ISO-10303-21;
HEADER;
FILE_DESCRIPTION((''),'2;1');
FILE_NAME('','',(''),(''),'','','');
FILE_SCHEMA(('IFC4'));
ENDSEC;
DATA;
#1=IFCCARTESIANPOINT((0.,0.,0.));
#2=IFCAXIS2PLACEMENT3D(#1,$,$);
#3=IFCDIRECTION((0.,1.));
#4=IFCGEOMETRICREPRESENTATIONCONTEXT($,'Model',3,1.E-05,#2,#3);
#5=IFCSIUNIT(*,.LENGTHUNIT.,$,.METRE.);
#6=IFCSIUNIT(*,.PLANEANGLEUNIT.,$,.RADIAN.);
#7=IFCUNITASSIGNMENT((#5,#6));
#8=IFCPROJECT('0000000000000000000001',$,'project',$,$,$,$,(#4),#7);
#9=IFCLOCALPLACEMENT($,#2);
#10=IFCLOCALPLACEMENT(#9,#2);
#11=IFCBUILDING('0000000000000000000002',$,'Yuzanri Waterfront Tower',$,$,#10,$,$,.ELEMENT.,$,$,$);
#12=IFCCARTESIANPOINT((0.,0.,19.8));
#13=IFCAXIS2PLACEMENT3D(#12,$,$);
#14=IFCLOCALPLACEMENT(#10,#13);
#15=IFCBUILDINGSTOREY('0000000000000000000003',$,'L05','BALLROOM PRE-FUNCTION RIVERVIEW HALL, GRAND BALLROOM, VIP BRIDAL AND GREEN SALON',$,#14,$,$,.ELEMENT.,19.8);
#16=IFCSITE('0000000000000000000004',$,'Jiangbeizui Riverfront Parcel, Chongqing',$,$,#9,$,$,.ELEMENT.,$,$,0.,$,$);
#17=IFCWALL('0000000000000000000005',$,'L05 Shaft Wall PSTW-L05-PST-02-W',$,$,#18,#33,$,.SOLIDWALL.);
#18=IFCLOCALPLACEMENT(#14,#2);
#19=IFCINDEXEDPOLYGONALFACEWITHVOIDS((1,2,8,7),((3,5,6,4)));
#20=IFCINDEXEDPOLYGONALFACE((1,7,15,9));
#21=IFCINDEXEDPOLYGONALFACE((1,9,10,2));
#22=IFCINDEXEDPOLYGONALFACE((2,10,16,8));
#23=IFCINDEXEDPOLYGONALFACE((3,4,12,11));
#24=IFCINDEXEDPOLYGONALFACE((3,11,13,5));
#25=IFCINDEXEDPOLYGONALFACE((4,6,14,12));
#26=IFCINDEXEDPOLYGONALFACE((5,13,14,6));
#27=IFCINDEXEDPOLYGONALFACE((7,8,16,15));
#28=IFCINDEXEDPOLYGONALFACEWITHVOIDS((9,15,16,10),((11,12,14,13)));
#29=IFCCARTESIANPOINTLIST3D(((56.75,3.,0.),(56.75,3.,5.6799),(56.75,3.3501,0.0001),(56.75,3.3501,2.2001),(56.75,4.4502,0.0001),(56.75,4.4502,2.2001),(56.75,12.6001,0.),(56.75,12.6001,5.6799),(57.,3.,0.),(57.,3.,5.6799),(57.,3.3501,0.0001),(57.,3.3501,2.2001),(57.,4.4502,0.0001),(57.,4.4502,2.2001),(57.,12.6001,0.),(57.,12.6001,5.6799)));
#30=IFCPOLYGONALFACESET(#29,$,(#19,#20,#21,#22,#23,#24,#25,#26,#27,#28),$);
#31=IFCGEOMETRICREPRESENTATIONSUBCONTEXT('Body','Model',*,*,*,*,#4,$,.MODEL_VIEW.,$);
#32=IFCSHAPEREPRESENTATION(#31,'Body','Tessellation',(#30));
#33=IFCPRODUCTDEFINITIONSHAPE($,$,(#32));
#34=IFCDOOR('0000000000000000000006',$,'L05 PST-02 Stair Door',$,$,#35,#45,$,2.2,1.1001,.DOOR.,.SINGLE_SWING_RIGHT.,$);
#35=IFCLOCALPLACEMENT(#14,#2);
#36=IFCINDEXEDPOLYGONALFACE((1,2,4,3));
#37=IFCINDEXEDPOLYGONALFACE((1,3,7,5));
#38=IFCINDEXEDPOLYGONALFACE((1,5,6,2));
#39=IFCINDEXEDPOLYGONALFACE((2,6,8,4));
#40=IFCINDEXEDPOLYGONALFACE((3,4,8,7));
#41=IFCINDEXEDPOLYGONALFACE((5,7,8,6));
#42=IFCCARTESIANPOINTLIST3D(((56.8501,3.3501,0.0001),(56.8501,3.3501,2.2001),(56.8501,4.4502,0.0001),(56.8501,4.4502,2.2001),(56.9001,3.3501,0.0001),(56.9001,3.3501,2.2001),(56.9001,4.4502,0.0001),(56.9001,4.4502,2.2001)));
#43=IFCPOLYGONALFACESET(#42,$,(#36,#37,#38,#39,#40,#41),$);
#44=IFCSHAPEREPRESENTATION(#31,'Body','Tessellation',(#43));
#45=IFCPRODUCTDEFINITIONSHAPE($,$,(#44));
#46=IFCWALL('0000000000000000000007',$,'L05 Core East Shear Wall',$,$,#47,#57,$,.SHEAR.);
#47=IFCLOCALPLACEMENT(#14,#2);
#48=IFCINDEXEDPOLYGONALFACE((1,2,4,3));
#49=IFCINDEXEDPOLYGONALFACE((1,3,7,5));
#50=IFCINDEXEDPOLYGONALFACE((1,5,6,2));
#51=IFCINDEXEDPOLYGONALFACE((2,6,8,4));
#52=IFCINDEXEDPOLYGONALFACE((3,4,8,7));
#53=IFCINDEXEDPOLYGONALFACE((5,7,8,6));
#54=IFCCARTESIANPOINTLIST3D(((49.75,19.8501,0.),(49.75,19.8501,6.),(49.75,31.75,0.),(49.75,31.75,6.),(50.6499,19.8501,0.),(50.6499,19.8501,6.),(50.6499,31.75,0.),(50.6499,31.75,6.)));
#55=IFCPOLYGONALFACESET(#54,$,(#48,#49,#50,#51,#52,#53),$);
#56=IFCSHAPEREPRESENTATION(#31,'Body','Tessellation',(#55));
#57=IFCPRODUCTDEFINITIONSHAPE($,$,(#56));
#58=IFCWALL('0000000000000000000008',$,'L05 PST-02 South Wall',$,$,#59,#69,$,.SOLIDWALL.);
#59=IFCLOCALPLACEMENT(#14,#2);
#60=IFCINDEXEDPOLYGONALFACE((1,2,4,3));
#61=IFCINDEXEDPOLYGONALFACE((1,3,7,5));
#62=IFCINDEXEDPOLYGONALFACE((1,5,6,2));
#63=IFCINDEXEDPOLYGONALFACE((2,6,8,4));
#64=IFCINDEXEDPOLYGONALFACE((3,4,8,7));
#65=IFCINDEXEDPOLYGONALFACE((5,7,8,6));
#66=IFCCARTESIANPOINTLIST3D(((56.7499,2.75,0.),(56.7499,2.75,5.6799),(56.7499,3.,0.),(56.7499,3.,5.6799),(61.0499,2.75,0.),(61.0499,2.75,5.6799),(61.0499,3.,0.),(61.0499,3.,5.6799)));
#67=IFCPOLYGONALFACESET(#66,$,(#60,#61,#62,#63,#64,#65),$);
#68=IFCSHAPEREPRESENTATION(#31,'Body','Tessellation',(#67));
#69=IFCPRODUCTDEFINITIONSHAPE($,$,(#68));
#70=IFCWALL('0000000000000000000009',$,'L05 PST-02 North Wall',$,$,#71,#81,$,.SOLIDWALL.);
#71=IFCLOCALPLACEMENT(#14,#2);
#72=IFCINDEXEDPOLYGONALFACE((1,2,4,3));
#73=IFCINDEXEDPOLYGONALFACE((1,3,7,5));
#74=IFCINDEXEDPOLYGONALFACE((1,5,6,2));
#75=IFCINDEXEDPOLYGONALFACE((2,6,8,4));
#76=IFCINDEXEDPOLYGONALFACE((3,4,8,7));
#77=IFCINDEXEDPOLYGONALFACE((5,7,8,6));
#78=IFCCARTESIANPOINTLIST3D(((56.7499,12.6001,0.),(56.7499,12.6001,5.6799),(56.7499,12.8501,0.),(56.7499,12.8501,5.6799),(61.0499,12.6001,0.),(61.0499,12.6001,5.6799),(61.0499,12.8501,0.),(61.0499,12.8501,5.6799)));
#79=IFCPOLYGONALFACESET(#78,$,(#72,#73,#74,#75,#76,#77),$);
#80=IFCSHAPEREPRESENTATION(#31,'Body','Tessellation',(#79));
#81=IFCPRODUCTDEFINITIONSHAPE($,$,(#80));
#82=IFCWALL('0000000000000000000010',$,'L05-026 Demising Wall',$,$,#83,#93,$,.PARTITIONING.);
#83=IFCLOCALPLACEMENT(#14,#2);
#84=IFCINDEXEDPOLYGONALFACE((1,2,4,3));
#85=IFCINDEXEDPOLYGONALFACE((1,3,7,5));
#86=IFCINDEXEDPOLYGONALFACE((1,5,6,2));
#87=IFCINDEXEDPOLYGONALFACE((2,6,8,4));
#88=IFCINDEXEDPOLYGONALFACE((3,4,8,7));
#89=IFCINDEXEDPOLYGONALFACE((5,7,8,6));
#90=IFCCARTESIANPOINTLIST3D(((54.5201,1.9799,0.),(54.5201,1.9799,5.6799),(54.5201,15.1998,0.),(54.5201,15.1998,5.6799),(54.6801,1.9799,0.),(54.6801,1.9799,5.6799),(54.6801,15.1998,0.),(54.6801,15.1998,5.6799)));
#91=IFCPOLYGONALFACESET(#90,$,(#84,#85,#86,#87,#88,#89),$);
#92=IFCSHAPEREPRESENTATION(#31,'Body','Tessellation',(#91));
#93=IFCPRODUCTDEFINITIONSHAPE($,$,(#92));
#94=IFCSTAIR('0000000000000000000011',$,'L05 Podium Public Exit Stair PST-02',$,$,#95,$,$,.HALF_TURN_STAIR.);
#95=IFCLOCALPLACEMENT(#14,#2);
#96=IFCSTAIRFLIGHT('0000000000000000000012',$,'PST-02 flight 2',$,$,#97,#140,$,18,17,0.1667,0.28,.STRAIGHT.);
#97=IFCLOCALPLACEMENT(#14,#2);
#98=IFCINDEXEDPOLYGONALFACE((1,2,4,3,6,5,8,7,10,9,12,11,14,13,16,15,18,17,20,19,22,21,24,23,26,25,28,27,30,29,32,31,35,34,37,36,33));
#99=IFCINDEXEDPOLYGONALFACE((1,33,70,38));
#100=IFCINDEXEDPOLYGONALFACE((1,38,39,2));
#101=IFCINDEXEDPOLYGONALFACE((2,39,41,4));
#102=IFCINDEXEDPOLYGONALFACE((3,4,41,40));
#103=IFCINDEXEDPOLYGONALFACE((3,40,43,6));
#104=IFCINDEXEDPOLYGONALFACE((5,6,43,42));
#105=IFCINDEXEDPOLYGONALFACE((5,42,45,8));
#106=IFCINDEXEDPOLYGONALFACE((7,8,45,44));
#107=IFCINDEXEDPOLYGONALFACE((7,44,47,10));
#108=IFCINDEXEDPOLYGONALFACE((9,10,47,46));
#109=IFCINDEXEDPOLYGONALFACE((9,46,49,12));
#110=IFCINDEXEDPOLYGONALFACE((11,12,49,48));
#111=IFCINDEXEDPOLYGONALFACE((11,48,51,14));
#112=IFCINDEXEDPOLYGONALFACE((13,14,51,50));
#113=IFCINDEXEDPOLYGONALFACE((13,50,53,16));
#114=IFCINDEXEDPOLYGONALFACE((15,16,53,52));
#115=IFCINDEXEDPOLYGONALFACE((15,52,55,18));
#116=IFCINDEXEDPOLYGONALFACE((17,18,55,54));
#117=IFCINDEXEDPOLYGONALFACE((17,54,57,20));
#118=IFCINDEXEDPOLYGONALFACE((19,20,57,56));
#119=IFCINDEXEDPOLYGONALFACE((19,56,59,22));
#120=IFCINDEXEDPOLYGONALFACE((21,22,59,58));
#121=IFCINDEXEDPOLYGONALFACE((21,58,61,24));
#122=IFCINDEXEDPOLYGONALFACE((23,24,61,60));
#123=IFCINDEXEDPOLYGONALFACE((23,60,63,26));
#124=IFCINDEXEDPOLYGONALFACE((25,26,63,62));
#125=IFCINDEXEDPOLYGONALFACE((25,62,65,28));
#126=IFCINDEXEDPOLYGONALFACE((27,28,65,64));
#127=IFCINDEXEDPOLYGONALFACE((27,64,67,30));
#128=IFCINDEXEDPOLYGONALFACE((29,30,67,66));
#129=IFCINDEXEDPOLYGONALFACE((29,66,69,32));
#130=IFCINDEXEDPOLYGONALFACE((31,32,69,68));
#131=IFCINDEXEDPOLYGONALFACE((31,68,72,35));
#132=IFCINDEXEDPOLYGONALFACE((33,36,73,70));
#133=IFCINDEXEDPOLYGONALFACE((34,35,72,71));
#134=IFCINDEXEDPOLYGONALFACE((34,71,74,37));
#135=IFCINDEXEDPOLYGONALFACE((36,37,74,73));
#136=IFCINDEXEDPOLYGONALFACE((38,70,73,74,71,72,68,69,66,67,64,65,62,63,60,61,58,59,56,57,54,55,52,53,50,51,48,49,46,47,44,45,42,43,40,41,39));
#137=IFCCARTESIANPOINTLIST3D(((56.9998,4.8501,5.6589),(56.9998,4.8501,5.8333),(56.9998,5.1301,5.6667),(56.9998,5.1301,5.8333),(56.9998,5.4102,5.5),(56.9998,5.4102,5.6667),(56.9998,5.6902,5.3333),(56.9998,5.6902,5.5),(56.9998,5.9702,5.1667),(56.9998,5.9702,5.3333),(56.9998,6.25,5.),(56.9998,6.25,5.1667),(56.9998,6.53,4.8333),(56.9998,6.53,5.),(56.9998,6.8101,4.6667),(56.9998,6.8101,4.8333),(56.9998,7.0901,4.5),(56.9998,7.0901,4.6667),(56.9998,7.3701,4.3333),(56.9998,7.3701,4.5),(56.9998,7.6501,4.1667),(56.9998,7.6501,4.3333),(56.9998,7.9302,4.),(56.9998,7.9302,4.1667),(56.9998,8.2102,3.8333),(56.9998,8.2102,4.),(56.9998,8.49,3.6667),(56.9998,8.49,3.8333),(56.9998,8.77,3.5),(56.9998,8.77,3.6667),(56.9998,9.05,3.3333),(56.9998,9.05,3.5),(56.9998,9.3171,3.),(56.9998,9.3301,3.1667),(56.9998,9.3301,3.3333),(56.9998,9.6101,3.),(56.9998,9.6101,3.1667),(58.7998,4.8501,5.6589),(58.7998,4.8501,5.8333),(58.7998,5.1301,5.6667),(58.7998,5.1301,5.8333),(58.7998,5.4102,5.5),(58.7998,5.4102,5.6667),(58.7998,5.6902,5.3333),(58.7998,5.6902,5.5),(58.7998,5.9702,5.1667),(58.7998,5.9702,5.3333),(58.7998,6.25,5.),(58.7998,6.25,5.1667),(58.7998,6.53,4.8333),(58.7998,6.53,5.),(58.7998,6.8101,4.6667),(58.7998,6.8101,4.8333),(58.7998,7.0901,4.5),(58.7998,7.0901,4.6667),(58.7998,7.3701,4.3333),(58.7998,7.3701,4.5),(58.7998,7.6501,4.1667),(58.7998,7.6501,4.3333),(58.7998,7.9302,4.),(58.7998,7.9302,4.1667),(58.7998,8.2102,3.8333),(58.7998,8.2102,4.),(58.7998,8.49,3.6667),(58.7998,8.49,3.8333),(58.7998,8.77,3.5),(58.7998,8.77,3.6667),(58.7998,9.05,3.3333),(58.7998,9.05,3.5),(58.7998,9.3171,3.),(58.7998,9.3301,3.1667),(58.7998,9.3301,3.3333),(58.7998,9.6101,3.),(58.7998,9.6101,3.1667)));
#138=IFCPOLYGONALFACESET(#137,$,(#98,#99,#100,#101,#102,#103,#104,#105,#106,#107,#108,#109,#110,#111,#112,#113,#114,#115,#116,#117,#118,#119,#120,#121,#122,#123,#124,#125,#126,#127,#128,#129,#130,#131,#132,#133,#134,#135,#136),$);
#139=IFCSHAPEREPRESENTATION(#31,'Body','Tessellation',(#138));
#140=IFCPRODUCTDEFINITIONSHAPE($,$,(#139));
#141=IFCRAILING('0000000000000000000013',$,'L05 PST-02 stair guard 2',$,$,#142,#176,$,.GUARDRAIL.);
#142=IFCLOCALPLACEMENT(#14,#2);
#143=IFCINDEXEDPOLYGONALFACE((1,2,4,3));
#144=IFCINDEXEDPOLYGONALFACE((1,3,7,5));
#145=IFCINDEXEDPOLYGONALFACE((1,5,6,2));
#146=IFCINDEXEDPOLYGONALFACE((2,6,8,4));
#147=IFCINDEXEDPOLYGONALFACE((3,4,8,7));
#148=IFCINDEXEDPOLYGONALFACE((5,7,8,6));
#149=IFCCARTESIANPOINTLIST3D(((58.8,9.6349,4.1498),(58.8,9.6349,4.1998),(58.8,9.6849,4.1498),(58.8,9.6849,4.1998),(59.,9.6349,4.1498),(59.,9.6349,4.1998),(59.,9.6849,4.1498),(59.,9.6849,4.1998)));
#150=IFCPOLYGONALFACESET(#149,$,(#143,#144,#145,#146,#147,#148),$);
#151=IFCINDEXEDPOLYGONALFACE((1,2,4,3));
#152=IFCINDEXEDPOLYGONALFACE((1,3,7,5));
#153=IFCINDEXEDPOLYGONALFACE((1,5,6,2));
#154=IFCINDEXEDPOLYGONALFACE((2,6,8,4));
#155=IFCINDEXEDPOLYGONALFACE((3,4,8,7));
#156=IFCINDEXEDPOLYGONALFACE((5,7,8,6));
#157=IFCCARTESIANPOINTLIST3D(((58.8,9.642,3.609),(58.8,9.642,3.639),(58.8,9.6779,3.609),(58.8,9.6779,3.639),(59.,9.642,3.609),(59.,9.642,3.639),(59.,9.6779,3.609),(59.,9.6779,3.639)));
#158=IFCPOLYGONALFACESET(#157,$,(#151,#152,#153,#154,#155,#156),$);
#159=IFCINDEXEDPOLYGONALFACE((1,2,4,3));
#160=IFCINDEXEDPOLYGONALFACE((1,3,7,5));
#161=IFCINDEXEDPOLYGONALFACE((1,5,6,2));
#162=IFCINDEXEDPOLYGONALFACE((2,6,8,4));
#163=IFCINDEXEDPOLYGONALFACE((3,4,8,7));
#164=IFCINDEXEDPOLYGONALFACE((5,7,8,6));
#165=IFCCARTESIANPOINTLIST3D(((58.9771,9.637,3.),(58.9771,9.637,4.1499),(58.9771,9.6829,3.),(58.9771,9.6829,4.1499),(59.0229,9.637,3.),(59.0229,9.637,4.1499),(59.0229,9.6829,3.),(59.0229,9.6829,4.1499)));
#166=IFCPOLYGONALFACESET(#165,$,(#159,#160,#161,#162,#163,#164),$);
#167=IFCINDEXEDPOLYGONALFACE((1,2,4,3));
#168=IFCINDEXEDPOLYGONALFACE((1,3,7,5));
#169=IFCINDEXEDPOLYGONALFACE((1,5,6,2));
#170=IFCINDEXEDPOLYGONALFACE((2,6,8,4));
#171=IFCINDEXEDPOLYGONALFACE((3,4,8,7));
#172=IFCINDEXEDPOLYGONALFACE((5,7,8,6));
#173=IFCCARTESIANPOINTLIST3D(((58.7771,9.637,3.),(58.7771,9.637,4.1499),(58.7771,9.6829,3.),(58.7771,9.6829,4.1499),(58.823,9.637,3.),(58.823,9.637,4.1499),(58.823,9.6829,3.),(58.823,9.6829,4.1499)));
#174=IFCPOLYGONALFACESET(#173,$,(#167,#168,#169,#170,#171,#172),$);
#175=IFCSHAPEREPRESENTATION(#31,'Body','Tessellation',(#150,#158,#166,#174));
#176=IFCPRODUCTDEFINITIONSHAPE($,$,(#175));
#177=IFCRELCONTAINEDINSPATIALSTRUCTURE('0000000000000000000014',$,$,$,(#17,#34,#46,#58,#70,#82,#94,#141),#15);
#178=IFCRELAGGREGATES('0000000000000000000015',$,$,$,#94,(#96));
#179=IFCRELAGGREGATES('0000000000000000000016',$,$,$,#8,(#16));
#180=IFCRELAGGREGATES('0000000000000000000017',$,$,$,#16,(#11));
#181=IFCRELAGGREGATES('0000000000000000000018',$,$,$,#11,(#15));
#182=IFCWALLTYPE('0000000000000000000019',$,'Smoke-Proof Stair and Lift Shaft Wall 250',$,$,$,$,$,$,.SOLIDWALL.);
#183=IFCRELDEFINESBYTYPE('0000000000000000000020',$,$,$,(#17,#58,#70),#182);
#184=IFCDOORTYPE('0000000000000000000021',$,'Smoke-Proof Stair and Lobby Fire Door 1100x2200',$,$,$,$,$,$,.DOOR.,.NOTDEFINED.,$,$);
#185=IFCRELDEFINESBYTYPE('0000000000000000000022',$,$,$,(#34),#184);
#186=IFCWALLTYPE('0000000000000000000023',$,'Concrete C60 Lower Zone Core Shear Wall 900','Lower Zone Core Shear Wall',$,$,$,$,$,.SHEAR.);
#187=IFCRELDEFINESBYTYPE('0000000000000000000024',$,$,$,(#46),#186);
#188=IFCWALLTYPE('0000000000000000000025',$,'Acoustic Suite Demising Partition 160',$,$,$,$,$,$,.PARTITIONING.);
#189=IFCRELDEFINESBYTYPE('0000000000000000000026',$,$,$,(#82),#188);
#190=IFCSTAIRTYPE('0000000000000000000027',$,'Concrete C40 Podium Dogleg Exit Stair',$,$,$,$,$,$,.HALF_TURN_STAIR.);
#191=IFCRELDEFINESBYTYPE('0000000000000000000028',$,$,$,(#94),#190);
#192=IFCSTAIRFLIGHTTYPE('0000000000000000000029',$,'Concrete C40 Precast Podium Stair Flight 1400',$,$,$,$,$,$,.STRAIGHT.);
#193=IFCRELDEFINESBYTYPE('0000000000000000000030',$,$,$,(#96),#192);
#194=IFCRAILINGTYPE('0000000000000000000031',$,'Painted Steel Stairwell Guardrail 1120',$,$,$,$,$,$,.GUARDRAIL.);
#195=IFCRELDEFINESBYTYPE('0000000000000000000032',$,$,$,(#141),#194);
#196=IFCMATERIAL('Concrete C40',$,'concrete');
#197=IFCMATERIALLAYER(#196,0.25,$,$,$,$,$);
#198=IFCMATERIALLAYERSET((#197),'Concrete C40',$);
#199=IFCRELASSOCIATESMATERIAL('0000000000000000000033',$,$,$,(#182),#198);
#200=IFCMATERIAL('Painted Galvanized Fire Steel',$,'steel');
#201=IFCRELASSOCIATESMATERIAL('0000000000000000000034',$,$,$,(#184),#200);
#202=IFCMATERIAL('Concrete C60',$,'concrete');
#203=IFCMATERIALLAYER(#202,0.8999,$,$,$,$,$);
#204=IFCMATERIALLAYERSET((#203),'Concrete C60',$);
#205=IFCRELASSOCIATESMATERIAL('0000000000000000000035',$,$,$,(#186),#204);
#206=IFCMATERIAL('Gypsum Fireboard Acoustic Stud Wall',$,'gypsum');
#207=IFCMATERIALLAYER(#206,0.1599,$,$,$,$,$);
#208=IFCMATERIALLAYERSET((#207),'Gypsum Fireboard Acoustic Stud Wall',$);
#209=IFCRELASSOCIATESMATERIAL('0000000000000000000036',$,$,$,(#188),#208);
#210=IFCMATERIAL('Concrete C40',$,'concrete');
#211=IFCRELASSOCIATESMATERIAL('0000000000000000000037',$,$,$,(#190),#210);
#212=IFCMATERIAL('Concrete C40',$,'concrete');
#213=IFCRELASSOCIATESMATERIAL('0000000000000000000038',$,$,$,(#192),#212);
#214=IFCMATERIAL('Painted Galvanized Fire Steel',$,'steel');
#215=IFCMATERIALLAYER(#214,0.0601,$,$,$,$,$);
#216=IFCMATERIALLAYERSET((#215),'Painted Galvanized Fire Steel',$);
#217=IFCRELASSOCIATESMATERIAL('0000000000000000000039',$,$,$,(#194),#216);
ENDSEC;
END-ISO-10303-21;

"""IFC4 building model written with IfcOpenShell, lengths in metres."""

from ifc_helpers import new_model, si_unit, direction, frame, frame_2d, origin, origin_2d, place, context, subcontext, project, spatial, polyline, rectangle, outline, extrude, source, transform, mapped, material, layer, layer_set, type_object, element, fill, aggregate, save


model = new_model("IFC4")

# Units and contexts
model_context = context("Model", 3, precision=1e-05, world=origin(), true_north=direction((0.0, 1.0)))
body_context = subcontext(model_context, "Body", "Model", "MODEL_VIEW")
ifc_project = project(units=[si_unit("LENGTHUNIT", "METRE"), si_unit("PLANEANGLEUNIT", "RADIAN")], contexts=[model_context])

# Site, building, storey
site_placement = place(None, origin())
site = spatial("IfcSite", under=ifc_project, at=site_placement, Name="Jiangbeizui Riverfront Parcel, Chongqing", CompositionType="ELEMENT", RefElevation=0.0)
building_placement = place(site_placement, origin())
building = spatial("IfcBuilding", under=site, at=building_placement, Name="Yuzanri Waterfront Tower", CompositionType="ELEMENT")
storey_placement = place(building_placement, frame((0.0, 0.0, 19.8)))
storey = spatial("IfcBuildingStorey", under=building, at=storey_placement, Name="L05", Description="BALLROOM PRE-FUNCTION RIVERVIEW HALL, GRAND BALLROOM, VIP BRIDAL AND GREEN SALON", CompositionType="ELEMENT", Elevation=19.8)

# Wall, opening, door
ifc_material_1 = material(Name="Concrete C40", Category="concrete")
ifc_layer_1 = layer(ifc_material_1, 0.25)
ifc_layer_set_1 = layer_set([ifc_layer_1], Name="Concrete C40")
wall_type_1 = type_object("IfcWallType", Name="Smoke-Proof Stair and Lift Shaft Wall 250", PredefinedType="SOLIDWALL", material=ifc_layer_set_1)
wall_1_placement = place(storey_placement, frame((56.875, 3.0, 0.0), z_axis=(0.0, 0.0, 1.0), x_axis=(0.0, 1.0, 0.0)))
wall_1 = element("IfcWall", 1, at=wall_1_placement, inside=storey, type_object=wall_type_1, Name="L05 Shaft Wall PSTW-L05-PST-02-W", PredefinedType="SOLIDWALL", context=body_context, shape_type="SweptSolid", body=[
    extrude(rectangle(XDim=9.6001, YDim=0.25, at=frame_2d((4.8, 0.0))), origin(), (0.0, 0.0, 1.0), 5.6799),
])
opening_1_placement = place(wall_1_placement, frame((0.3501, 0.0, 0.0)))
opening_1 = element("IfcOpeningElement", 2, at=opening_1_placement, cuts=wall_1, PredefinedType="OPENING", context=body_context, shape_type="SweptSolid", body=[
    extrude(rectangle(XDim=1.1001, YDim=2.2, at=frame_2d((0.55, 1.1001))), frame((0.0, 0.1399, 0.0), z_axis=(0.0, -1.0, 0.0), x_axis=(1.0, 0.0, 0.0)), (0.0, 0.0, 1.0), 0.2798),
])
ifc_material_2 = material(Name="Painted Galvanized Fire Steel", Category="steel")
door_type = type_object("IfcDoorType", Name="Smoke-Proof Stair and Lobby Fire Door 1100x2200", OperationType="NOTDEFINED", PredefinedType="DOOR", material=ifc_material_2)
shared_shape_1 = source(origin(), body_context, "Body", "SweptSolid", [
    extrude(rectangle(XDim=1.1001, YDim=2.2, at=frame_2d((0.55, 1.1001))), frame((0.0, 0.0249, 0.0), z_axis=(0.0, -1.0, 0.0), x_axis=(1.0, 0.0, 0.0)), (0.0, 0.0, 1.0), 0.05),
])
door_placement = place(opening_1_placement, origin())
door = element("IfcDoor", 3, at=door_placement, inside=storey, type_object=door_type, Name="L05 PST-02 Stair Door", OperationType="SINGLE_SWING_RIGHT", OverallHeight=2.2, OverallWidth=1.1001, PredefinedType="DOOR", context=body_context, shape_type="MappedRepresentation", body=[
    mapped(shared_shape_1, transform((0.0, 0.0, 0.0), scale=1.0)),
])
fill(opening_1, door)

# Walls
ifc_material_3 = material(Name="Concrete C60", Category="concrete")
ifc_layer_2 = layer(ifc_material_3, 0.8999)
ifc_layer_set_2 = layer_set([ifc_layer_2], Name="Concrete C60")
wall_type_2 = type_object("IfcWallType", Name="Concrete C60 Lower Zone Core Shear Wall 900", Description="Lower Zone Core Shear Wall", PredefinedType="SHEAR", material=ifc_layer_set_2)
shared_shape_2 = source(origin(), body_context, "Body", "SweptSolid", [
    extrude(rectangle(XDim=11.8999, YDim=0.8999, at=frame_2d((5.95, 0.0))), origin(), (0.0, 0.0, 1.0), 6.0),
])
wall_2_placement = place(storey_placement, frame((50.2, 19.8501, 0.0), z_axis=(0.0, 0.0, 1.0), x_axis=(0.0, 1.0, 0.0)))
element("IfcWall", 4, at=wall_2_placement, inside=storey, type_object=wall_type_2, Name="L05 Core East Shear Wall", PredefinedType="SHEAR", context=body_context, shape_type="MappedRepresentation", body=[
    mapped(shared_shape_2, transform((0.0, 0.0, 0.0), scale=1.0)),
])
shared_shape_3 = source(origin(), body_context, "Body", "SweptSolid", [
    extrude(rectangle(XDim=4.3, YDim=0.25, at=frame_2d((2.1499, 0.0))), origin(), (0.0, 0.0, 1.0), 5.6799),
])
for number, where, z_axis, x_axis, name in (
    (5, (56.75, 2.875, 0.0), (0.0, 0.0, 1.0), (1.0, 0.0, 0.0), "L05 PST-02 South Wall"),
    (6, (56.75, 12.7251, 0.0), (0.0, 0.0, 1.0), (1.0, 0.0, 0.0), "L05 PST-02 North Wall"),
):
    element("IfcWall", number, at=place(storey_placement, frame(where, z_axis=z_axis, x_axis=x_axis)), inside=storey, type_object=wall_type_1, Name=name, PredefinedType="SOLIDWALL", context=body_context, shape_type="MappedRepresentation", body=[
        mapped(shared_shape_3, transform((0.0, 0.0, 0.0), scale=1.0)),
    ])
ifc_material_4 = material(Name="Gypsum Fireboard Acoustic Stud Wall", Category="gypsum")
ifc_layer_3 = layer(ifc_material_4, 0.1599)
ifc_layer_set_3 = layer_set([ifc_layer_3], Name="Gypsum Fireboard Acoustic Stud Wall")
wall_type_3 = type_object("IfcWallType", Name="Acoustic Suite Demising Partition 160", PredefinedType="PARTITIONING", material=ifc_layer_set_3)
shared_shape_4 = source(origin(), body_context, "Body", "SweptSolid", [
    extrude(rectangle(XDim=13.22, YDim=0.1599, at=frame_2d((6.6099, 0.0))), origin(), (0.0, 0.0, 1.0), 5.6799),
])
wall_3_placement = place(storey_placement, frame((54.6001, 1.98, 0.0), z_axis=(0.0, 0.0, 1.0), x_axis=(0.0, 1.0, 0.0)))
element("IfcWall", 7, at=wall_3_placement, inside=storey, type_object=wall_type_3, Name="L05-026 Demising Wall", PredefinedType="PARTITIONING", context=body_context, shape_type="MappedRepresentation", body=[
    mapped(shared_shape_4, transform((0.0, 0.0, 0.0), scale=1.0)),
])

# Stair, stair flight
ifc_material_5 = material(Name="Concrete C40", Category="concrete")
stair_type = type_object("IfcStairType", Name="Concrete C40 Podium Dogleg Exit Stair", PredefinedType="HALF_TURN_STAIR", material=ifc_material_5)
stair_placement = place(storey_placement, origin())
stair = element("IfcStair", 8, at=stair_placement, inside=storey, type_object=stair_type, Name="L05 Podium Public Exit Stair PST-02", PredefinedType="HALF_TURN_STAIR")
ifc_material_6 = material(Name="Concrete C40", Category="concrete")
stair_flight_type = type_object("IfcStairFlightType", Name="Concrete C40 Precast Podium Stair Flight 1400", PredefinedType="STRAIGHT", material=ifc_material_6)
shared_shape_5 = source(origin(), body_context, "Body", "SweptSolid", [
    extrude(outline(polyline([(0.0, 0.0), (0.0, 0.1667), (0.28, 0.1667), (0.28, 0.3333), (0.5601, 0.3333), (0.5601, 0.5), (0.8401, 0.5), (0.8401, 0.6667), (1.1201, 0.6667), (1.1201, 0.8333), (1.3999, 0.8333), (1.3999, 1.0), (1.6799, 1.0), (1.6799, 1.1667), (1.96, 1.1667), (1.96, 1.3333), (2.24, 1.3333), (2.24, 1.5), (2.52, 1.5), (2.52, 1.6667), (2.8, 1.6667), (2.8, 1.8333), (3.0801, 1.8333), (3.0801, 2.0), (3.3601, 2.0), (3.3601, 2.1667), (3.6399, 2.1667), (3.6399, 2.3333), (3.9199, 2.3333), (3.9199, 2.5), (4.2, 2.5), (4.2, 2.6667), (4.48, 2.6667), (4.48, 2.8333), (4.76, 2.8333), (4.76, 3.0), (4.76, 2.6589), (0.293, 0.0), (0.0, 0.0)])), frame((0.0, 0.8999, 0.0), z_axis=(0.0, -1.0, 0.0), x_axis=(1.0, 0.0, 0.0)), (0.0, 0.0, 1.0), 1.8),
])
stair_flight_placement = place(storey_placement, frame((57.8999, 9.6101, 3.0), z_axis=(0.0, 0.0, 1.0), x_axis=(0.0, -1.0, 0.0)))
stair_flight = element("IfcStairFlight", 9, at=stair_flight_placement, type_object=stair_flight_type, Name="PST-02 flight 2", NumberOfRisers=18, NumberOfTreads=17, PredefinedType="STRAIGHT", RiserHeight=0.1667, TreadLength=0.28, context=body_context, shape_type="MappedRepresentation", body=[
    mapped(shared_shape_5, transform((0.0, 0.0, 0.0), scale=1.0)),
])
aggregate(stair, [stair_flight])

# Railing
ifc_material_7 = material(Name="Painted Galvanized Fire Steel", Category="steel")
ifc_layer_4 = layer(ifc_material_7, 0.0601)
ifc_layer_set_4 = layer_set([ifc_layer_4], Name="Painted Galvanized Fire Steel")
railing_type_1 = type_object("IfcRailingType", Name="Painted Steel Stairwell Guardrail 1120", PredefinedType="GUARDRAIL", material=ifc_layer_set_4)
shared_shape_6 = source(origin(), body_context, "Body", "SweptSolid", [
    extrude(rectangle(XDim=0.05, YDim=0.05, at=origin_2d()), frame((0.0, 0.0, 1.1748), z_axis=(-1.0, 0.0, 0.0), x_axis=(0.0, -1.0, 0.0)), (0.0, 0.0, 1.0), 0.2),
    extrude(rectangle(XDim=0.0359, YDim=0.03, at=origin_2d()), frame((0.0, 0.0, 0.624), z_axis=(-1.0, 0.0, 0.0), x_axis=(0.0, -1.0, 0.0)), (0.0, 0.0, 1.0), 0.2),
    extrude(rectangle(XDim=0.0459, YDim=0.0459, at=origin_2d()), origin(), (0.0, 0.0, 1.0), 1.1499),
    extrude(rectangle(XDim=0.0459, YDim=0.0459, at=origin_2d()), frame((-0.2, 0.0, 0.0)), (0.0, 0.0, 1.0), 1.1499),
])
for number, where, name in (
    (10, (59.0, 9.6599, 3.0), "L05 PST-02 stair guard 2"),
):
    element("IfcRailing", number, at=place(storey_placement, frame(where)), inside=storey, type_object=railing_type_1, Name=name, PredefinedType="GUARDRAIL", context=body_context, shape_type="MappedRepresentation", body=[
        mapped(shared_shape_6, transform((0.0, 0.0, 0.0), scale=1.0)),
    ])

save(model, "model.ifc")
